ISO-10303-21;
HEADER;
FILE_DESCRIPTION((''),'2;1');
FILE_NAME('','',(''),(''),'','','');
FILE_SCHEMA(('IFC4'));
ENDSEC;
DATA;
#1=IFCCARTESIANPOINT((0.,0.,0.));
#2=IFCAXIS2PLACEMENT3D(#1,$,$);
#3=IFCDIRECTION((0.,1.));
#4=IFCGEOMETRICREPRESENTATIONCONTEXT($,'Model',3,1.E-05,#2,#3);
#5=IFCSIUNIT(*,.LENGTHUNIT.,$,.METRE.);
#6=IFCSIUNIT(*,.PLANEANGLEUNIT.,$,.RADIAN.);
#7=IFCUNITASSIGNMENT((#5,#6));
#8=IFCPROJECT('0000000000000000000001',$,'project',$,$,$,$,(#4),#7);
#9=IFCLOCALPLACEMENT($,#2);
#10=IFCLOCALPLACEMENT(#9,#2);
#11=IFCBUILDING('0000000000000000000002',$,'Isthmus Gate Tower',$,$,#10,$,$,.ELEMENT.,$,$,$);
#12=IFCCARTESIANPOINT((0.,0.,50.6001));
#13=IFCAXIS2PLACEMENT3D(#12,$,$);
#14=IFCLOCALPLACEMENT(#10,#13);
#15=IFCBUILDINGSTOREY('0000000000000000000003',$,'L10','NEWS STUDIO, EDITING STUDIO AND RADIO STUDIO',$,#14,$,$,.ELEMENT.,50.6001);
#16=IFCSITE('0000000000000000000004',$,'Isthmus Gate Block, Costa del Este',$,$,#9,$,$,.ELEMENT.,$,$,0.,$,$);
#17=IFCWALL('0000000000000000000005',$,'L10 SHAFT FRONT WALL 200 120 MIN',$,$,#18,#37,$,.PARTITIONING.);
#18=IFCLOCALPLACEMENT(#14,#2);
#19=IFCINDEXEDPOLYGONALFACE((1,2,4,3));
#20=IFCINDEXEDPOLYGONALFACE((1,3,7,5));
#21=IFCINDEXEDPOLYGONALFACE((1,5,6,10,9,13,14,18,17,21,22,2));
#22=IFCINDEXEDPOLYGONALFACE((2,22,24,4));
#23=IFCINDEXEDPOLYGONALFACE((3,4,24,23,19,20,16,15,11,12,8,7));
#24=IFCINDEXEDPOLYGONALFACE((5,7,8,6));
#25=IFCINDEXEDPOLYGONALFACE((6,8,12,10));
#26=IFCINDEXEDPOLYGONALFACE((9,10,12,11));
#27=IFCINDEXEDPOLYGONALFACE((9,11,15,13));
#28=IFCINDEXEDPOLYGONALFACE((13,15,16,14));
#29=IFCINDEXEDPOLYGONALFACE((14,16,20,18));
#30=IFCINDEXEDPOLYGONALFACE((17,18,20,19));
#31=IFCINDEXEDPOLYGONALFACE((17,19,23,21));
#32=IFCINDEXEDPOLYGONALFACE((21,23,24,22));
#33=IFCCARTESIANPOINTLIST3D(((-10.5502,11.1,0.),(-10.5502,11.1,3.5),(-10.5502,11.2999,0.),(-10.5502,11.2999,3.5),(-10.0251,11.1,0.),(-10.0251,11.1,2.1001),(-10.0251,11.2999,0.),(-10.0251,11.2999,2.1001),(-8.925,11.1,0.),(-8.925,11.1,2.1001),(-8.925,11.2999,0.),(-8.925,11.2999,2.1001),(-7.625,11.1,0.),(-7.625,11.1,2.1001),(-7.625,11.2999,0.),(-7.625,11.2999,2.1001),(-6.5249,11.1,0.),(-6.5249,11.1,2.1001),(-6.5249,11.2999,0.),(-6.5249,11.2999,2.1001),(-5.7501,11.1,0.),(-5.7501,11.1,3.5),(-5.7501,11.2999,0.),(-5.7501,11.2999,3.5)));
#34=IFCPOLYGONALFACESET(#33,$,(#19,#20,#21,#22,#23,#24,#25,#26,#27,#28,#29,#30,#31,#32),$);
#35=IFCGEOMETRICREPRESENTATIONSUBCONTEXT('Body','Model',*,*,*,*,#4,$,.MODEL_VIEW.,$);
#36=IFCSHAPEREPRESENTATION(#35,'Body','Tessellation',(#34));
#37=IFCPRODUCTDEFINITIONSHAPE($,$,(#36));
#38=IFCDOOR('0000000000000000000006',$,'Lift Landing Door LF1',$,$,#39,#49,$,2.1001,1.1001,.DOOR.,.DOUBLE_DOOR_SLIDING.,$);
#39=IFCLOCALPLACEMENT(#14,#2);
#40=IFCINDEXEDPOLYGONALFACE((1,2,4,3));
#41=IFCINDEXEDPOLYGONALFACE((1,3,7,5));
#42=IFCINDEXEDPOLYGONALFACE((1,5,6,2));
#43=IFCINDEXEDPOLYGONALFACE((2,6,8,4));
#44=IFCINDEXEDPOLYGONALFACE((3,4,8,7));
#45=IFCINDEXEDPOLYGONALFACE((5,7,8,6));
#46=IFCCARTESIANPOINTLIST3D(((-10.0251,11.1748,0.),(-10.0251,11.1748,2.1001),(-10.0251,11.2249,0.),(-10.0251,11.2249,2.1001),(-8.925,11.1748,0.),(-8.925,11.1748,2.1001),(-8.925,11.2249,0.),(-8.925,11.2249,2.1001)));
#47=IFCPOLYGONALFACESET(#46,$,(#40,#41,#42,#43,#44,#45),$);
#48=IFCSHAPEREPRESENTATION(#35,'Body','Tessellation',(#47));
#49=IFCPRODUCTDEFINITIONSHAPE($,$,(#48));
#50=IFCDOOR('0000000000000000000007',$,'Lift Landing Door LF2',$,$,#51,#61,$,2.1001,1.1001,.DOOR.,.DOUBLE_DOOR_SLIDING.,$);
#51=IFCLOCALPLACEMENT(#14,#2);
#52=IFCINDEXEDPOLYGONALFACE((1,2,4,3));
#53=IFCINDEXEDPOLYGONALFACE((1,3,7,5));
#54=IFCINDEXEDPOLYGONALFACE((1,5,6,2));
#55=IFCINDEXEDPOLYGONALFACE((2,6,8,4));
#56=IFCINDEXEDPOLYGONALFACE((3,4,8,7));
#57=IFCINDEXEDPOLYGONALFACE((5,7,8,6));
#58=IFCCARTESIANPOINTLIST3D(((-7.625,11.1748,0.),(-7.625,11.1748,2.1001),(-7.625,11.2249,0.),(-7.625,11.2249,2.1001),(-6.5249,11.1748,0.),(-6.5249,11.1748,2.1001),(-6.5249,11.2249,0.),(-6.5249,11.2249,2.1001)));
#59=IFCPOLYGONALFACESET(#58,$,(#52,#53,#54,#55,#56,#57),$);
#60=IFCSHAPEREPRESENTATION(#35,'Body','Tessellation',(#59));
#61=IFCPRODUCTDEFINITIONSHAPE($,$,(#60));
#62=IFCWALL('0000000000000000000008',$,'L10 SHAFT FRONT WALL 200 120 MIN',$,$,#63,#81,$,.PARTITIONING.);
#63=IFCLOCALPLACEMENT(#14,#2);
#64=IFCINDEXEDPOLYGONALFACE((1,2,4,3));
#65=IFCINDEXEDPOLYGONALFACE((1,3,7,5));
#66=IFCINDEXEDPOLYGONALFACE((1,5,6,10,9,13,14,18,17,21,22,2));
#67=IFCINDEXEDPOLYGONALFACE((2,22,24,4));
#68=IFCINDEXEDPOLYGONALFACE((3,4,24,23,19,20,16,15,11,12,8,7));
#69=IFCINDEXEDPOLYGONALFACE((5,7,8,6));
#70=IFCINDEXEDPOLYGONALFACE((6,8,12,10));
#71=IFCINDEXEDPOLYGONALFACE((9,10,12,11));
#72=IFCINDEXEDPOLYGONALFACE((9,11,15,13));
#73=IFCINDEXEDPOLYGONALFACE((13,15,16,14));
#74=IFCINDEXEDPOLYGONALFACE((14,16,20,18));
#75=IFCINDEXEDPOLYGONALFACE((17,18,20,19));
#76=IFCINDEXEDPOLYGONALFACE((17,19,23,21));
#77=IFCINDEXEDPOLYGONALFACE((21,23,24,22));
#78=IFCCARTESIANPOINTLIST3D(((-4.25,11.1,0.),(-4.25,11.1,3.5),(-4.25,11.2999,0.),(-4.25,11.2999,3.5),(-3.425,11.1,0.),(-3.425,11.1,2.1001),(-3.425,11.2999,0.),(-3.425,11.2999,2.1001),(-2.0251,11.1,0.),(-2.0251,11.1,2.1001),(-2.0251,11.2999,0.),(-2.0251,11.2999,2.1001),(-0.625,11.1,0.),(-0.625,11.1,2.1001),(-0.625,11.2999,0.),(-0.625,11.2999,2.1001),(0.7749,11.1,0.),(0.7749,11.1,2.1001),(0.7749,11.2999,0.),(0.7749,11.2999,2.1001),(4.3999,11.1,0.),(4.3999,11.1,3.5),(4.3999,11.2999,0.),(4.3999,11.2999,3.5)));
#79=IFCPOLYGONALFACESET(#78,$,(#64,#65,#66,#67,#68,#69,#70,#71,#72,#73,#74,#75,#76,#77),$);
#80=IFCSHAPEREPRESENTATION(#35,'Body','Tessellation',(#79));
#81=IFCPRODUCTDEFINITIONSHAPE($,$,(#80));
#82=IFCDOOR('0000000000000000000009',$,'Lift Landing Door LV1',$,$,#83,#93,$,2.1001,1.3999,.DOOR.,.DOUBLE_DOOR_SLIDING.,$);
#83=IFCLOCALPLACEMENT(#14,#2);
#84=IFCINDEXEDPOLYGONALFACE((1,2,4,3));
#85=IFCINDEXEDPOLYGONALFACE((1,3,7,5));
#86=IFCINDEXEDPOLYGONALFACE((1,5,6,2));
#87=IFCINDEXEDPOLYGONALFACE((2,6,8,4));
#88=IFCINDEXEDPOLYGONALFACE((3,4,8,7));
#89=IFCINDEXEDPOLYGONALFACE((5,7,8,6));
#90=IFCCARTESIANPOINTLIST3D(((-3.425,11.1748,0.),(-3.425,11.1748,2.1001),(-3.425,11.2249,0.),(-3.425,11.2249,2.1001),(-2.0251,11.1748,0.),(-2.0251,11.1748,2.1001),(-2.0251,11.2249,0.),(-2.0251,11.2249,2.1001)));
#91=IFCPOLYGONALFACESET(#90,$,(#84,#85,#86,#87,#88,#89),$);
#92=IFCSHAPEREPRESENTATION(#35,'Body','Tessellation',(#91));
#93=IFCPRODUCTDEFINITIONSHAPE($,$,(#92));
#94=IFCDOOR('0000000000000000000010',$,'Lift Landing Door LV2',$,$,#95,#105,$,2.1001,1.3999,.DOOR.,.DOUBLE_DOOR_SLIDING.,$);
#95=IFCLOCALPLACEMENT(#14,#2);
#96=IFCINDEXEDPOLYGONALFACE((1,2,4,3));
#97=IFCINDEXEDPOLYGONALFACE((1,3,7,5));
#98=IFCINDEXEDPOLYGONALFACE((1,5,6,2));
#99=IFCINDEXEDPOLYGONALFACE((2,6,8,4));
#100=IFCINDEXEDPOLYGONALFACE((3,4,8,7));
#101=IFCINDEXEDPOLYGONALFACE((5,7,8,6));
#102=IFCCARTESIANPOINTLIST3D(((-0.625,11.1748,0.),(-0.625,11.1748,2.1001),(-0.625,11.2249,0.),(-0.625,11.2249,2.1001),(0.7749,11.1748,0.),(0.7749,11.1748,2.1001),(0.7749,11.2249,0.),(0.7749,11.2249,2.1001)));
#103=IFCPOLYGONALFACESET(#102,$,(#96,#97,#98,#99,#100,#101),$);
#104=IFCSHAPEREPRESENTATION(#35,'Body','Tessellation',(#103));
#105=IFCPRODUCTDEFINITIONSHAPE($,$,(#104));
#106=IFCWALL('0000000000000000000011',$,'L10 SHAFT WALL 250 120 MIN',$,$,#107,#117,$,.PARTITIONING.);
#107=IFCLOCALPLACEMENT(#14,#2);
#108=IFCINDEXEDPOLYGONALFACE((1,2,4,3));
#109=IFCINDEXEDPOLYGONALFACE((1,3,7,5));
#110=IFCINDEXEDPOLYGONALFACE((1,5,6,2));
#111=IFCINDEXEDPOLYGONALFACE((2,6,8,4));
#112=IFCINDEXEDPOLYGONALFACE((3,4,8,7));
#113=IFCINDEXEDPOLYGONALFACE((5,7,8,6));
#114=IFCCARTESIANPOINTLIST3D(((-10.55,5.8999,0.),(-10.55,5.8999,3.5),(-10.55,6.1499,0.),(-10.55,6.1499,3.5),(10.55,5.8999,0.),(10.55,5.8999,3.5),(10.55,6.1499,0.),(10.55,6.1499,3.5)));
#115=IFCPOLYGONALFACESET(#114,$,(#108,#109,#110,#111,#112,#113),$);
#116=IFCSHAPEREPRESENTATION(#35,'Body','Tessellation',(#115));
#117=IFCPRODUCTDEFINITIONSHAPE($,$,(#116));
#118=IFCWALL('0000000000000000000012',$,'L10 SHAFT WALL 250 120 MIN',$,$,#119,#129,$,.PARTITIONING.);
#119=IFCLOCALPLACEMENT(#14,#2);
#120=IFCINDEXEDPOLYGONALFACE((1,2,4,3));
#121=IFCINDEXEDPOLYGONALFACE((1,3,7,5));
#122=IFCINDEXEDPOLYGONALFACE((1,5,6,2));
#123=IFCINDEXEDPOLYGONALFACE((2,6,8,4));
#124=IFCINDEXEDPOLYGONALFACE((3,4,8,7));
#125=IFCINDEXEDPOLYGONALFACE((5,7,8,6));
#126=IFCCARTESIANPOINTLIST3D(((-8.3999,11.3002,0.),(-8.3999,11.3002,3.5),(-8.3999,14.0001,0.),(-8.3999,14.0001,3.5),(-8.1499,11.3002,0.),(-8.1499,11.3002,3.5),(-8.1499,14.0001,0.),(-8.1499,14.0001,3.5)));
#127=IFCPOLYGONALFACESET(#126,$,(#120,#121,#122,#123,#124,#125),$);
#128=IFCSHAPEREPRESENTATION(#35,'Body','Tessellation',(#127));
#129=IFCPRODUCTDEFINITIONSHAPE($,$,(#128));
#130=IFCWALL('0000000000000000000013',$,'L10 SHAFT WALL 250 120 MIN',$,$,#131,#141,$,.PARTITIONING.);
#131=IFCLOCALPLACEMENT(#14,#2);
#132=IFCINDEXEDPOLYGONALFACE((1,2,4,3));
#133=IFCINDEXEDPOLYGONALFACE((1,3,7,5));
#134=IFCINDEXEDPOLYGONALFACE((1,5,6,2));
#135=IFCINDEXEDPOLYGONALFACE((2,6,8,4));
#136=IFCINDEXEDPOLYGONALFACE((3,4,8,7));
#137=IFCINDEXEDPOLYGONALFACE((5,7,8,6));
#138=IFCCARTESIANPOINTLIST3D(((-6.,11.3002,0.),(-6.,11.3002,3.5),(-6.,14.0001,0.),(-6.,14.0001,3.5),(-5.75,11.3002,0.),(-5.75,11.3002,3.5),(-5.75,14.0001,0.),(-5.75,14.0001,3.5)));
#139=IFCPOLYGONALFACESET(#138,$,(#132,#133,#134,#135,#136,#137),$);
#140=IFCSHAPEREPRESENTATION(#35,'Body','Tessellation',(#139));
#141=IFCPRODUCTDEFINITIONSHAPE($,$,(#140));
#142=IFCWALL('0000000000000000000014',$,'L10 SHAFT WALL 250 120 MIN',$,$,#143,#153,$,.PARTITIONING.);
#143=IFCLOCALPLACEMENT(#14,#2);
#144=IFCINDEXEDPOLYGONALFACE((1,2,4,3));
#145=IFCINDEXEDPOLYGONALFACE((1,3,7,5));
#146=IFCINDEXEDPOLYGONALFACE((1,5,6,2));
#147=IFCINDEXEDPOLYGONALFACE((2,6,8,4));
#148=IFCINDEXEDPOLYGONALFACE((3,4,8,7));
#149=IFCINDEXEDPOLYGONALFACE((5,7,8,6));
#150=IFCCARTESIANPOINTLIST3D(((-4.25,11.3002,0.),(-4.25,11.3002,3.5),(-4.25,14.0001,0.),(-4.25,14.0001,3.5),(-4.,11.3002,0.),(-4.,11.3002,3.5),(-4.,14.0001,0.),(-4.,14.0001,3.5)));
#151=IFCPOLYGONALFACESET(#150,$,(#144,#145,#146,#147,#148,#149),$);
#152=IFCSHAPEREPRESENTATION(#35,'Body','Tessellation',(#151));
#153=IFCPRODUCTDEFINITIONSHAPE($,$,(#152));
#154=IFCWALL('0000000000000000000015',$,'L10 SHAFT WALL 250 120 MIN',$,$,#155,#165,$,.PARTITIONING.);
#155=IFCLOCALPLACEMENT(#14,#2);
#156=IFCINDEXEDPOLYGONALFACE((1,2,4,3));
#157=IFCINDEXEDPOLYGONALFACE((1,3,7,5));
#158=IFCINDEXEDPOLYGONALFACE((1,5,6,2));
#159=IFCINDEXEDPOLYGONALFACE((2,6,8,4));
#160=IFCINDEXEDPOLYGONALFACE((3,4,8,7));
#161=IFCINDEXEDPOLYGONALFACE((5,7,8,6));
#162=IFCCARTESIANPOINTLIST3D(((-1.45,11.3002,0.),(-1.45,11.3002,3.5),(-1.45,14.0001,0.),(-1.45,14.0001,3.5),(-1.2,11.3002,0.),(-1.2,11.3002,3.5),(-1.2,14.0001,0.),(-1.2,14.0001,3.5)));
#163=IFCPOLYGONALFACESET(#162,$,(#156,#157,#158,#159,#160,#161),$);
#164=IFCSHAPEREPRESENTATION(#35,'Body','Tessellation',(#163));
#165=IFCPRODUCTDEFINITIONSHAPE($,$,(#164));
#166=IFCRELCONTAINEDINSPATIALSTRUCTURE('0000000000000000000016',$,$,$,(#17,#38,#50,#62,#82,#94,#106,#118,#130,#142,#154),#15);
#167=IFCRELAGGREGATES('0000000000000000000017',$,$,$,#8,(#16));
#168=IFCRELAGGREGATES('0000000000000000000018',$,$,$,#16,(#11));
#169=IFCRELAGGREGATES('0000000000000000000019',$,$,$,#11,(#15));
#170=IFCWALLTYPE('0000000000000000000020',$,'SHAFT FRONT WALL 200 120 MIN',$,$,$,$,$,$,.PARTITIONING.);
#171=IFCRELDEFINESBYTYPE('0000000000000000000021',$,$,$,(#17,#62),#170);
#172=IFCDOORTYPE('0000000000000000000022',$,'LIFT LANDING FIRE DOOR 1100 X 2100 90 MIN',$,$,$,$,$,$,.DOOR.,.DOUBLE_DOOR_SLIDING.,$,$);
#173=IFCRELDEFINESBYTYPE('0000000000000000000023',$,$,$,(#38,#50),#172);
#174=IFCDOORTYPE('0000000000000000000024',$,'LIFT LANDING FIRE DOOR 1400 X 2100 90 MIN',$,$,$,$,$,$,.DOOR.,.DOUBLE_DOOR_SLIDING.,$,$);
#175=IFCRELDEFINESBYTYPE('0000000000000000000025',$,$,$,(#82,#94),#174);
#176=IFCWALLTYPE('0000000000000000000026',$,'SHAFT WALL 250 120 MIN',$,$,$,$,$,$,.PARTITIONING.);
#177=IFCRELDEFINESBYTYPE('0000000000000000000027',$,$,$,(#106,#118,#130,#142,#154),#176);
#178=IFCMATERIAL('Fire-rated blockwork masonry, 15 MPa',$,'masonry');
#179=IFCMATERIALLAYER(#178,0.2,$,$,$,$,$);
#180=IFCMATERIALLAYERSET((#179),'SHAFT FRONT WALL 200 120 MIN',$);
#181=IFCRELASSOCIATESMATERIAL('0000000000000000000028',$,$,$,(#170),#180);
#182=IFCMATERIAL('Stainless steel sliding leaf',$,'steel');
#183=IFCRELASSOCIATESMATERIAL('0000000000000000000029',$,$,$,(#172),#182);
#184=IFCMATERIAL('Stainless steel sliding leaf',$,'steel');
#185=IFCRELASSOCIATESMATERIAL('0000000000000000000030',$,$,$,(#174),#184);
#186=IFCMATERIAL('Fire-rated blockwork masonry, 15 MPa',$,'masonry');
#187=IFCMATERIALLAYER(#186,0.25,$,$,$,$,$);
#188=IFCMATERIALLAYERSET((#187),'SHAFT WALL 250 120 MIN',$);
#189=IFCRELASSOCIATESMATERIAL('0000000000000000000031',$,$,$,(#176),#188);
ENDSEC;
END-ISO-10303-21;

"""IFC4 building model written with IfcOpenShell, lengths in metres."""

from ifc_helpers import new_model, si_unit, direction, frame, frame_2d, origin, place, context, subcontext, project, spatial, rectangle, extrude, material, layer, layer_set, type_object, element, fill, save


model = new_model("IFC4")

# Units and contexts
model_context = context("Model", 3, precision=1e-05, world=origin(), true_north=direction((0.0, 1.0)))
body_context = subcontext(model_context, "Body", "Model", "MODEL_VIEW")
ifc_project = project(units=[si_unit("LENGTHUNIT", "METRE"), si_unit("PLANEANGLEUNIT", "RADIAN")], contexts=[model_context])

# Site, building, storey
site_placement = place(None, origin())
site = spatial("IfcSite", under=ifc_project, at=site_placement, Name="Isthmus Gate Block, Costa del Este", CompositionType="ELEMENT", RefElevation=0.0)
building_placement = place(site_placement, origin())
building = spatial("IfcBuilding", under=site, at=building_placement, Name="Isthmus Gate Tower", CompositionType="ELEMENT")
storey_placement = place(building_placement, frame((0.0, 0.0, 50.6001)))
storey = spatial("IfcBuildingStorey", under=building, at=storey_placement, Name="L10", Description="NEWS STUDIO, EDITING STUDIO AND RADIO STUDIO", CompositionType="ELEMENT", Elevation=50.6001)

# Walls, openings, doors
ifc_material_1 = material(Name="Fire-rated blockwork masonry, 15 MPa", Category="masonry")
ifc_layer_1 = layer(ifc_material_1, 0.2)
ifc_layer_set_1 = layer_set([ifc_layer_1], Name="SHAFT FRONT WALL 200 120 MIN")
wall_type_1 = type_object("IfcWallType", Name="SHAFT FRONT WALL 200 120 MIN", PredefinedType="PARTITIONING", material=ifc_layer_set_1)
wall_1_placement = place(storey_placement, frame((-10.55, 11.2, 0.0), z_axis=(0.0, 0.0, 1.0), x_axis=(1.0, 0.0, 0.0)))
wall_1 = element("IfcWall", 1, at=wall_1_placement, inside=storey, type_object=wall_type_1, Name="L10 SHAFT FRONT WALL 200 120 MIN", PredefinedType="PARTITIONING", context=body_context, shape_type="SweptSolid", body=[
    extrude(rectangle(XDim=4.8, YDim=0.2, at=frame_2d((2.3999, 0.0))), origin(), (0.0, 0.0, 1.0), 3.5),
])
opening_1_placement = place(wall_1_placement, frame((0.5249, 0.0, 0.0)))
opening_1 = element("IfcOpeningElement", 2, at=opening_1_placement, cuts=wall_1, PredefinedType="OPENING", context=body_context, shape_type="SweptSolid", body=[
    extrude(rectangle(XDim=1.1001, YDim=2.1001, at=frame_2d((0.55, 1.05))), frame((0.0, 0.1099, 0.0), z_axis=(0.0, -1.0, 0.0), x_axis=(1.0, 0.0, 0.0)), (0.0, 0.0, 1.0), 0.22),
])
opening_2_placement = place(wall_1_placement, frame((2.925, 0.0, 0.0)))
opening_2 = element("IfcOpeningElement", 3, at=opening_2_placement, cuts=wall_1, PredefinedType="OPENING", context=body_context, shape_type="SweptSolid", body=[
    extrude(rectangle(XDim=1.1001, YDim=2.1001, at=frame_2d((0.55, 1.05))), frame((0.0, 0.1099, 0.0), z_axis=(0.0, -1.0, 0.0), x_axis=(1.0, 0.0, 0.0)), (0.0, 0.0, 1.0), 0.22),
])
ifc_material_2 = material(Name="Stainless steel sliding leaf", Category="steel")
door_type_1 = type_object("IfcDoorType", Name="LIFT LANDING FIRE DOOR 1100 X 2100 90 MIN", OperationType="DOUBLE_DOOR_SLIDING", PredefinedType="DOOR", material=ifc_material_2)
door_1_placement = place(opening_1_placement, origin())
door_1 = element("IfcDoor", 4, at=door_1_placement, inside=storey, type_object=door_type_1, Name="Lift Landing Door LF1", OperationType="DOUBLE_DOOR_SLIDING", OverallHeight=2.1001, OverallWidth=1.1001, PredefinedType="DOOR", context=body_context, shape_type="SweptSolid", body=[
    extrude(rectangle(XDim=1.1001, YDim=2.1001, at=frame_2d((0.55, 1.05))), frame((0.0, 0.0249, 0.0), z_axis=(0.0, -1.0, 0.0), x_axis=(1.0, 0.0, 0.0)), (0.0, 0.0, 1.0), 0.05),
])
fill(opening_1, door_1)
door_2_placement = place(opening_2_placement, origin())
door_2 = element("IfcDoor", 5, at=door_2_placement, inside=storey, type_object=door_type_1, Name="Lift Landing Door LF2", OperationType="DOUBLE_DOOR_SLIDING", OverallHeight=2.1001, OverallWidth=1.1001, PredefinedType="DOOR", context=body_context, shape_type="SweptSolid", body=[
    extrude(rectangle(XDim=1.1001, YDim=2.1001, at=frame_2d((0.55, 1.05))), frame((0.0, 0.0249, 0.0), z_axis=(0.0, -1.0, 0.0), x_axis=(1.0, 0.0, 0.0)), (0.0, 0.0, 1.0), 0.05),
])
fill(opening_2, door_2)
wall_2_placement = place(storey_placement, frame((-4.25, 11.2, 0.0), z_axis=(0.0, 0.0, 1.0), x_axis=(1.0, 0.0, 0.0)))
wall_2 = element("IfcWall", 6, at=wall_2_placement, inside=storey, type_object=wall_type_1, Name="L10 SHAFT FRONT WALL 200 120 MIN", PredefinedType="PARTITIONING", context=body_context, shape_type="SweptSolid", body=[
    extrude(rectangle(XDim=8.6499, YDim=0.2, at=frame_2d((4.325, 0.0))), origin(), (0.0, 0.0, 1.0), 3.5),
])
opening_3_placement = place(wall_2_placement, frame((0.825, 0.0, 0.0)))
opening_3 = element("IfcOpeningElement", 7, at=opening_3_placement, cuts=wall_2, PredefinedType="OPENING", context=body_context, shape_type="SweptSolid", body=[
    extrude(rectangle(XDim=1.3999, YDim=2.1001, at=frame_2d((0.7, 1.05))), frame((0.0, 0.1099, 0.0), z_axis=(0.0, -1.0, 0.0), x_axis=(1.0, 0.0, 0.0)), (0.0, 0.0, 1.0), 0.22),
])
opening_4_placement = place(wall_2_placement, frame((3.625, 0.0, 0.0)))
opening_4 = element("IfcOpeningElement", 8, at=opening_4_placement, cuts=wall_2, PredefinedType="OPENING", context=body_context, shape_type="SweptSolid", body=[
    extrude(rectangle(XDim=1.3999, YDim=2.1001, at=frame_2d((0.7, 1.05))), frame((0.0, 0.1099, 0.0), z_axis=(0.0, -1.0, 0.0), x_axis=(1.0, 0.0, 0.0)), (0.0, 0.0, 1.0), 0.22),
])
ifc_material_3 = material(Name="Stainless steel sliding leaf", Category="steel")
door_type_2 = type_object("IfcDoorType", Name="LIFT LANDING FIRE DOOR 1400 X 2100 90 MIN", OperationType="DOUBLE_DOOR_SLIDING", PredefinedType="DOOR", material=ifc_material_3)
door_3_placement = place(opening_3_placement, origin())
door_3 = element("IfcDoor", 9, at=door_3_placement, inside=storey, type_object=door_type_2, Name="Lift Landing Door LV1", OperationType="DOUBLE_DOOR_SLIDING", OverallHeight=2.1001, OverallWidth=1.3999, PredefinedType="DOOR", context=body_context, shape_type="SweptSolid", body=[
    extrude(rectangle(XDim=1.3999, YDim=2.1001, at=frame_2d((0.7, 1.05))), frame((0.0, 0.0249, 0.0), z_axis=(0.0, -1.0, 0.0), x_axis=(1.0, 0.0, 0.0)), (0.0, 0.0, 1.0), 0.05),
])
fill(opening_3, door_3)
door_4_placement = place(opening_4_placement, origin())
door_4 = element("IfcDoor", 10, at=door_4_placement, inside=storey, type_object=door_type_2, Name="Lift Landing Door LV2", OperationType="DOUBLE_DOOR_SLIDING", OverallHeight=2.1001, OverallWidth=1.3999, PredefinedType="DOOR", context=body_context, shape_type="SweptSolid", body=[
    extrude(rectangle(XDim=1.3999, YDim=2.1001, at=frame_2d((0.7, 1.05))), frame((0.0, 0.0249, 0.0), z_axis=(0.0, -1.0, 0.0), x_axis=(1.0, 0.0, 0.0)), (0.0, 0.0, 1.0), 0.05),
])
fill(opening_4, door_4)

# Walls
ifc_material_4 = material(Name="Fire-rated blockwork masonry, 15 MPa", Category="masonry")
ifc_layer_2 = layer(ifc_material_4, 0.25)
ifc_layer_set_2 = layer_set([ifc_layer_2], Name="SHAFT WALL 250 120 MIN")
wall_type_2 = type_object("IfcWallType", Name="SHAFT WALL 250 120 MIN", PredefinedType="PARTITIONING", material=ifc_layer_set_2)
wall_3_placement = place(storey_placement, frame((-10.55, 6.0249, 0.0), z_axis=(0.0, 0.0, 1.0), x_axis=(1.0, 0.0, 0.0)))
element("IfcWall", 11, at=wall_3_placement, inside=storey, type_object=wall_type_2, Name="L10 SHAFT WALL 250 120 MIN", PredefinedType="PARTITIONING", context=body_context, shape_type="SweptSolid", body=[
    extrude(rectangle(XDim=21.1001, YDim=0.25, at=frame_2d((10.55, 0.0))), origin(), (0.0, 0.0, 1.0), 3.5),
])
for number, where, z_axis, x_axis, name in (
    (12, (-8.2749, 11.3, 0.0), (0.0, 0.0, 1.0), (0.0, 1.0, 0.0), "L10 SHAFT WALL 250 120 MIN"),
    (13, (-5.875, 11.3, 0.0), (0.0, 0.0, 1.0), (0.0, 1.0, 0.0), "L10 SHAFT WALL 250 120 MIN"),
    (14, (-4.125, 11.3, 0.0), (0.0, 0.0, 1.0), (0.0, 1.0, 0.0), "L10 SHAFT WALL 250 120 MIN"),
    (15, (-1.325, 11.3, 0.0), (0.0, 0.0, 1.0), (0.0, 1.0, 0.0), "L10 SHAFT WALL 250 120 MIN"),
):
    element("IfcWall", number, at=place(storey_placement, frame(where, z_axis=z_axis, x_axis=x_axis)), inside=storey, type_object=wall_type_2, Name=name, PredefinedType="PARTITIONING", context=body_context, shape_type="SweptSolid", body=[
        extrude(rectangle(XDim=2.7, YDim=0.25, at=frame_2d((1.3501, 0.0))), origin(), (0.0, 0.0, 1.0), 3.5),
    ])

save(model, "model.ifc")
